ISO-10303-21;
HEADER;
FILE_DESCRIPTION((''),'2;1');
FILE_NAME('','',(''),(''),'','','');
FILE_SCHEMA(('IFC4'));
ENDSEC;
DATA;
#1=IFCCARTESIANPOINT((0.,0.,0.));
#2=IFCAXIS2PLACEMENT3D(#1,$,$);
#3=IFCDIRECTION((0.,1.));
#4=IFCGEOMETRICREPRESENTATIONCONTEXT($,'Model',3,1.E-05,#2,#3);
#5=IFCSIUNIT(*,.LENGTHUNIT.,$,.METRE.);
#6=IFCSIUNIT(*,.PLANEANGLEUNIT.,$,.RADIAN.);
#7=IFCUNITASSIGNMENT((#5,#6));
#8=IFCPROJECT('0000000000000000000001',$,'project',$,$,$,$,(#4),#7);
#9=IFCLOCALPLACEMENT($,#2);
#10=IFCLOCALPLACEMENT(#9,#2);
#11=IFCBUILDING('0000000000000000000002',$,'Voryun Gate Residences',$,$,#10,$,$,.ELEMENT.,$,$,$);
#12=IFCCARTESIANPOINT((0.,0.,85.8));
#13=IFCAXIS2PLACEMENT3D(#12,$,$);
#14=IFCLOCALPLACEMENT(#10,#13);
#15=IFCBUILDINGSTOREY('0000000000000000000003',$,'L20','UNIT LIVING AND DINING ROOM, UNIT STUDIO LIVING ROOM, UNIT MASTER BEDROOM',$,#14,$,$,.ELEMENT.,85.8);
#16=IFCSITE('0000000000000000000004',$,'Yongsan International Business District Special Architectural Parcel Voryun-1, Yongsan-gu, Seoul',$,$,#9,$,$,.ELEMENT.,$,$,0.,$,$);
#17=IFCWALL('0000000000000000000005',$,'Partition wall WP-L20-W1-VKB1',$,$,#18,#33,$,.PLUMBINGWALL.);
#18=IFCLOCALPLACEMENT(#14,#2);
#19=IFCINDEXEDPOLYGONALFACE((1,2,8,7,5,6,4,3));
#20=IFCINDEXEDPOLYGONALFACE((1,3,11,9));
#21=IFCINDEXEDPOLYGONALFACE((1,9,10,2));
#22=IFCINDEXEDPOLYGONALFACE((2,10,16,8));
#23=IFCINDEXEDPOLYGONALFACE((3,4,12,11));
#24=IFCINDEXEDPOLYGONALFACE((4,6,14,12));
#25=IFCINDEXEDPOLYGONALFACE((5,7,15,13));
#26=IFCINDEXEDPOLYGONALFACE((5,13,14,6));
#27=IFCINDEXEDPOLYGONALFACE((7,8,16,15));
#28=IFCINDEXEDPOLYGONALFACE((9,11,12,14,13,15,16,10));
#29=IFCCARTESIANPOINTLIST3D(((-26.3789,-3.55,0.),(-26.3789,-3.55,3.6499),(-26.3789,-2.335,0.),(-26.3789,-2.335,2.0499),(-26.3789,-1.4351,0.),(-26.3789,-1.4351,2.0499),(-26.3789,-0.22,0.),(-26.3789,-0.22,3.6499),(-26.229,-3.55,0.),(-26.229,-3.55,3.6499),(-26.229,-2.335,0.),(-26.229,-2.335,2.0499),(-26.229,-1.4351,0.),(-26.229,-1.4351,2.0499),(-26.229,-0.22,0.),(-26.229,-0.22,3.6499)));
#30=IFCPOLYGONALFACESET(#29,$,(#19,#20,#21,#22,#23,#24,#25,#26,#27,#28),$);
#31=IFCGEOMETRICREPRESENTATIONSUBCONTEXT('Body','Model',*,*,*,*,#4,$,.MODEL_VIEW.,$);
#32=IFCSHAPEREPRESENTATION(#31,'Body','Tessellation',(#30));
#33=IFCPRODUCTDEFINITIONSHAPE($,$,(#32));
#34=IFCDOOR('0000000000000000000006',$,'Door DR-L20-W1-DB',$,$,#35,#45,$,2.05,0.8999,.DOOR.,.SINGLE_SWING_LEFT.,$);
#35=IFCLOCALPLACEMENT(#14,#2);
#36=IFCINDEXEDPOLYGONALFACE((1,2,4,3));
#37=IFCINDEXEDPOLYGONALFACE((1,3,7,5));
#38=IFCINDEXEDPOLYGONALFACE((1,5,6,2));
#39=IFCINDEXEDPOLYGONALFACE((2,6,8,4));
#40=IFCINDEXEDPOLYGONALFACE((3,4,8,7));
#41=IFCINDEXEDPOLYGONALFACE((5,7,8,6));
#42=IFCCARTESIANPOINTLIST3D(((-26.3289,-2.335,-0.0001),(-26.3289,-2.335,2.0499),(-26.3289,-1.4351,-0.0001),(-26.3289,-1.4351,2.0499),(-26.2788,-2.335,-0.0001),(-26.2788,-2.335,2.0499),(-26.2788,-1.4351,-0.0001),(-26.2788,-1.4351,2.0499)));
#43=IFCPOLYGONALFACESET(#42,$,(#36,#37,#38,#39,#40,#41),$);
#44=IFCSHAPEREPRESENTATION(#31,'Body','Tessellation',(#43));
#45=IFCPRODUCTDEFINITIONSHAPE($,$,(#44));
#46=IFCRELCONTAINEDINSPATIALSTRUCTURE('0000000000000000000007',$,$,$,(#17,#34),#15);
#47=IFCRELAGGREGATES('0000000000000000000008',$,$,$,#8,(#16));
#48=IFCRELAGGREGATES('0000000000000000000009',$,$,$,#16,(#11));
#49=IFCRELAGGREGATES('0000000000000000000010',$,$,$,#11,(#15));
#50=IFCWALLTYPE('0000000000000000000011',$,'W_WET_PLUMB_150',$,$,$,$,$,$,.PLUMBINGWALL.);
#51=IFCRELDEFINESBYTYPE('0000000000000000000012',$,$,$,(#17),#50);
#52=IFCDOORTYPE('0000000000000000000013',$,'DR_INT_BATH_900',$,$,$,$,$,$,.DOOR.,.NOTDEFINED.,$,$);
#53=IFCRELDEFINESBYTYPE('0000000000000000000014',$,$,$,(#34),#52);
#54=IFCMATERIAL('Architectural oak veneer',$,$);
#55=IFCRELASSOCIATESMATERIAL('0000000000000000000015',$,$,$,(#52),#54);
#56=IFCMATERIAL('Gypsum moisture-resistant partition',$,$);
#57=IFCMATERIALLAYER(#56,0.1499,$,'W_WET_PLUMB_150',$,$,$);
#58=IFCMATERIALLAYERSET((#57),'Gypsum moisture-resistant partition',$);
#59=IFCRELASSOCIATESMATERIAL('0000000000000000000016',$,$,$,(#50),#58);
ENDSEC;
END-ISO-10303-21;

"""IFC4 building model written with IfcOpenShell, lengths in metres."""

from ifc_helpers import new_model, si_unit, direction, frame, frame_2d, origin, place, context, subcontext, project, spatial, rectangle, extrude, material, layer, layer_set, type_object, element, fill, save


model = new_model("IFC4")

# Units and contexts
model_context = context("Model", 3, precision=1e-05, world=origin(), true_north=direction((0.0, 1.0)))
body_context = subcontext(model_context, "Body", "Model", "MODEL_VIEW")
ifc_project = project(units=[si_unit("LENGTHUNIT", "METRE"), si_unit("PLANEANGLEUNIT", "RADIAN")], contexts=[model_context])

# Site, building, storey
site_placement = place(None, origin())
site = spatial("IfcSite", under=ifc_project, at=site_placement, Name="Yongsan International Business District Special Architectural Parcel Voryun-1, Yongsan-gu, Seoul", CompositionType="ELEMENT", RefElevation=0.0)
building_placement = place(site_placement, origin())
building = spatial("IfcBuilding", under=site, at=building_placement, Name="Voryun Gate Residences", CompositionType="ELEMENT")
storey_placement = place(building_placement, frame((0.0, 0.0, 85.8)))
storey = spatial("IfcBuildingStorey", under=building, at=storey_placement, Name="L20", Description="UNIT LIVING AND DINING ROOM, UNIT STUDIO LIVING ROOM, UNIT MASTER BEDROOM", CompositionType="ELEMENT", Elevation=85.8)

# Shared definitions
ifc_material_1 = material(Name="Architectural oak veneer")
door_type_1 = type_object("IfcDoorType", Name="DR_INT_BATH_900", OperationType="NOTDEFINED", PredefinedType="DOOR", material=ifc_material_1)

# Wall, opening, door
ifc_material_2 = material(Name="Gypsum moisture-resistant partition")
ifc_layer_1 = layer(ifc_material_2, 0.1499, Name="W_WET_PLUMB_150")
ifc_layer_set_1 = layer_set([ifc_layer_1], Name="Gypsum moisture-resistant partition")
wall_type_1 = type_object("IfcWallType", Name="W_WET_PLUMB_150", PredefinedType="PLUMBINGWALL", material=ifc_layer_set_1)
wall_1_placement = place(storey_placement, frame((-26.304, -3.55, 0.0), z_axis=(0.0, 0.0, 1.0), x_axis=(0.0, 1.0, 0.0)))
wall_1 = element("IfcWall", 1, at=wall_1_placement, inside=storey, type_object=wall_type_1, Name="Partition wall WP-L20-W1-VKB1", PredefinedType="PLUMBINGWALL", context=body_context, shape_type="SweptSolid", body=[
    extrude(rectangle(XDim=3.3301, YDim=0.1499, at=frame_2d((1.665, 0.0))), origin(), (0.0, 0.0, 1.0), 3.6499),
])
opening_1_placement = place(wall_1_placement, frame((1.2151, 0.0, 0.0)))
opening_1 = element("IfcOpeningElement", 2, at=opening_1_placement, cuts=wall_1, PredefinedType="OPENING", context=body_context, shape_type="SweptSolid", body=[
    extrude(rectangle(XDim=0.8999, YDim=2.05, at=frame_2d((0.45, 1.0249))), frame((0.0, 0.085, 0.0), z_axis=(0.0, -1.0, 0.0), x_axis=(1.0, 0.0, 0.0)), (0.0, 0.0, 1.0), 0.1699),
])
door_1_placement = place(opening_1_placement, origin())
door_1 = element("IfcDoor", 3, at=door_1_placement, inside=storey, type_object=door_type_1, Name="Door DR-L20-W1-DB", OperationType="SINGLE_SWING_LEFT", OverallHeight=2.05, OverallWidth=0.8999, PredefinedType="DOOR", context=body_context, shape_type="SweptSolid", body=[
    extrude(rectangle(XDim=0.8999, YDim=2.05, at=frame_2d((0.45, 1.0249))), frame((0.0, 0.0249, 0.0), z_axis=(0.0, -1.0, 0.0), x_axis=(1.0, 0.0, 0.0)), (0.0, 0.0, 1.0), 0.05),
])
fill(opening_1, door_1)

save(model, "model.ifc")
